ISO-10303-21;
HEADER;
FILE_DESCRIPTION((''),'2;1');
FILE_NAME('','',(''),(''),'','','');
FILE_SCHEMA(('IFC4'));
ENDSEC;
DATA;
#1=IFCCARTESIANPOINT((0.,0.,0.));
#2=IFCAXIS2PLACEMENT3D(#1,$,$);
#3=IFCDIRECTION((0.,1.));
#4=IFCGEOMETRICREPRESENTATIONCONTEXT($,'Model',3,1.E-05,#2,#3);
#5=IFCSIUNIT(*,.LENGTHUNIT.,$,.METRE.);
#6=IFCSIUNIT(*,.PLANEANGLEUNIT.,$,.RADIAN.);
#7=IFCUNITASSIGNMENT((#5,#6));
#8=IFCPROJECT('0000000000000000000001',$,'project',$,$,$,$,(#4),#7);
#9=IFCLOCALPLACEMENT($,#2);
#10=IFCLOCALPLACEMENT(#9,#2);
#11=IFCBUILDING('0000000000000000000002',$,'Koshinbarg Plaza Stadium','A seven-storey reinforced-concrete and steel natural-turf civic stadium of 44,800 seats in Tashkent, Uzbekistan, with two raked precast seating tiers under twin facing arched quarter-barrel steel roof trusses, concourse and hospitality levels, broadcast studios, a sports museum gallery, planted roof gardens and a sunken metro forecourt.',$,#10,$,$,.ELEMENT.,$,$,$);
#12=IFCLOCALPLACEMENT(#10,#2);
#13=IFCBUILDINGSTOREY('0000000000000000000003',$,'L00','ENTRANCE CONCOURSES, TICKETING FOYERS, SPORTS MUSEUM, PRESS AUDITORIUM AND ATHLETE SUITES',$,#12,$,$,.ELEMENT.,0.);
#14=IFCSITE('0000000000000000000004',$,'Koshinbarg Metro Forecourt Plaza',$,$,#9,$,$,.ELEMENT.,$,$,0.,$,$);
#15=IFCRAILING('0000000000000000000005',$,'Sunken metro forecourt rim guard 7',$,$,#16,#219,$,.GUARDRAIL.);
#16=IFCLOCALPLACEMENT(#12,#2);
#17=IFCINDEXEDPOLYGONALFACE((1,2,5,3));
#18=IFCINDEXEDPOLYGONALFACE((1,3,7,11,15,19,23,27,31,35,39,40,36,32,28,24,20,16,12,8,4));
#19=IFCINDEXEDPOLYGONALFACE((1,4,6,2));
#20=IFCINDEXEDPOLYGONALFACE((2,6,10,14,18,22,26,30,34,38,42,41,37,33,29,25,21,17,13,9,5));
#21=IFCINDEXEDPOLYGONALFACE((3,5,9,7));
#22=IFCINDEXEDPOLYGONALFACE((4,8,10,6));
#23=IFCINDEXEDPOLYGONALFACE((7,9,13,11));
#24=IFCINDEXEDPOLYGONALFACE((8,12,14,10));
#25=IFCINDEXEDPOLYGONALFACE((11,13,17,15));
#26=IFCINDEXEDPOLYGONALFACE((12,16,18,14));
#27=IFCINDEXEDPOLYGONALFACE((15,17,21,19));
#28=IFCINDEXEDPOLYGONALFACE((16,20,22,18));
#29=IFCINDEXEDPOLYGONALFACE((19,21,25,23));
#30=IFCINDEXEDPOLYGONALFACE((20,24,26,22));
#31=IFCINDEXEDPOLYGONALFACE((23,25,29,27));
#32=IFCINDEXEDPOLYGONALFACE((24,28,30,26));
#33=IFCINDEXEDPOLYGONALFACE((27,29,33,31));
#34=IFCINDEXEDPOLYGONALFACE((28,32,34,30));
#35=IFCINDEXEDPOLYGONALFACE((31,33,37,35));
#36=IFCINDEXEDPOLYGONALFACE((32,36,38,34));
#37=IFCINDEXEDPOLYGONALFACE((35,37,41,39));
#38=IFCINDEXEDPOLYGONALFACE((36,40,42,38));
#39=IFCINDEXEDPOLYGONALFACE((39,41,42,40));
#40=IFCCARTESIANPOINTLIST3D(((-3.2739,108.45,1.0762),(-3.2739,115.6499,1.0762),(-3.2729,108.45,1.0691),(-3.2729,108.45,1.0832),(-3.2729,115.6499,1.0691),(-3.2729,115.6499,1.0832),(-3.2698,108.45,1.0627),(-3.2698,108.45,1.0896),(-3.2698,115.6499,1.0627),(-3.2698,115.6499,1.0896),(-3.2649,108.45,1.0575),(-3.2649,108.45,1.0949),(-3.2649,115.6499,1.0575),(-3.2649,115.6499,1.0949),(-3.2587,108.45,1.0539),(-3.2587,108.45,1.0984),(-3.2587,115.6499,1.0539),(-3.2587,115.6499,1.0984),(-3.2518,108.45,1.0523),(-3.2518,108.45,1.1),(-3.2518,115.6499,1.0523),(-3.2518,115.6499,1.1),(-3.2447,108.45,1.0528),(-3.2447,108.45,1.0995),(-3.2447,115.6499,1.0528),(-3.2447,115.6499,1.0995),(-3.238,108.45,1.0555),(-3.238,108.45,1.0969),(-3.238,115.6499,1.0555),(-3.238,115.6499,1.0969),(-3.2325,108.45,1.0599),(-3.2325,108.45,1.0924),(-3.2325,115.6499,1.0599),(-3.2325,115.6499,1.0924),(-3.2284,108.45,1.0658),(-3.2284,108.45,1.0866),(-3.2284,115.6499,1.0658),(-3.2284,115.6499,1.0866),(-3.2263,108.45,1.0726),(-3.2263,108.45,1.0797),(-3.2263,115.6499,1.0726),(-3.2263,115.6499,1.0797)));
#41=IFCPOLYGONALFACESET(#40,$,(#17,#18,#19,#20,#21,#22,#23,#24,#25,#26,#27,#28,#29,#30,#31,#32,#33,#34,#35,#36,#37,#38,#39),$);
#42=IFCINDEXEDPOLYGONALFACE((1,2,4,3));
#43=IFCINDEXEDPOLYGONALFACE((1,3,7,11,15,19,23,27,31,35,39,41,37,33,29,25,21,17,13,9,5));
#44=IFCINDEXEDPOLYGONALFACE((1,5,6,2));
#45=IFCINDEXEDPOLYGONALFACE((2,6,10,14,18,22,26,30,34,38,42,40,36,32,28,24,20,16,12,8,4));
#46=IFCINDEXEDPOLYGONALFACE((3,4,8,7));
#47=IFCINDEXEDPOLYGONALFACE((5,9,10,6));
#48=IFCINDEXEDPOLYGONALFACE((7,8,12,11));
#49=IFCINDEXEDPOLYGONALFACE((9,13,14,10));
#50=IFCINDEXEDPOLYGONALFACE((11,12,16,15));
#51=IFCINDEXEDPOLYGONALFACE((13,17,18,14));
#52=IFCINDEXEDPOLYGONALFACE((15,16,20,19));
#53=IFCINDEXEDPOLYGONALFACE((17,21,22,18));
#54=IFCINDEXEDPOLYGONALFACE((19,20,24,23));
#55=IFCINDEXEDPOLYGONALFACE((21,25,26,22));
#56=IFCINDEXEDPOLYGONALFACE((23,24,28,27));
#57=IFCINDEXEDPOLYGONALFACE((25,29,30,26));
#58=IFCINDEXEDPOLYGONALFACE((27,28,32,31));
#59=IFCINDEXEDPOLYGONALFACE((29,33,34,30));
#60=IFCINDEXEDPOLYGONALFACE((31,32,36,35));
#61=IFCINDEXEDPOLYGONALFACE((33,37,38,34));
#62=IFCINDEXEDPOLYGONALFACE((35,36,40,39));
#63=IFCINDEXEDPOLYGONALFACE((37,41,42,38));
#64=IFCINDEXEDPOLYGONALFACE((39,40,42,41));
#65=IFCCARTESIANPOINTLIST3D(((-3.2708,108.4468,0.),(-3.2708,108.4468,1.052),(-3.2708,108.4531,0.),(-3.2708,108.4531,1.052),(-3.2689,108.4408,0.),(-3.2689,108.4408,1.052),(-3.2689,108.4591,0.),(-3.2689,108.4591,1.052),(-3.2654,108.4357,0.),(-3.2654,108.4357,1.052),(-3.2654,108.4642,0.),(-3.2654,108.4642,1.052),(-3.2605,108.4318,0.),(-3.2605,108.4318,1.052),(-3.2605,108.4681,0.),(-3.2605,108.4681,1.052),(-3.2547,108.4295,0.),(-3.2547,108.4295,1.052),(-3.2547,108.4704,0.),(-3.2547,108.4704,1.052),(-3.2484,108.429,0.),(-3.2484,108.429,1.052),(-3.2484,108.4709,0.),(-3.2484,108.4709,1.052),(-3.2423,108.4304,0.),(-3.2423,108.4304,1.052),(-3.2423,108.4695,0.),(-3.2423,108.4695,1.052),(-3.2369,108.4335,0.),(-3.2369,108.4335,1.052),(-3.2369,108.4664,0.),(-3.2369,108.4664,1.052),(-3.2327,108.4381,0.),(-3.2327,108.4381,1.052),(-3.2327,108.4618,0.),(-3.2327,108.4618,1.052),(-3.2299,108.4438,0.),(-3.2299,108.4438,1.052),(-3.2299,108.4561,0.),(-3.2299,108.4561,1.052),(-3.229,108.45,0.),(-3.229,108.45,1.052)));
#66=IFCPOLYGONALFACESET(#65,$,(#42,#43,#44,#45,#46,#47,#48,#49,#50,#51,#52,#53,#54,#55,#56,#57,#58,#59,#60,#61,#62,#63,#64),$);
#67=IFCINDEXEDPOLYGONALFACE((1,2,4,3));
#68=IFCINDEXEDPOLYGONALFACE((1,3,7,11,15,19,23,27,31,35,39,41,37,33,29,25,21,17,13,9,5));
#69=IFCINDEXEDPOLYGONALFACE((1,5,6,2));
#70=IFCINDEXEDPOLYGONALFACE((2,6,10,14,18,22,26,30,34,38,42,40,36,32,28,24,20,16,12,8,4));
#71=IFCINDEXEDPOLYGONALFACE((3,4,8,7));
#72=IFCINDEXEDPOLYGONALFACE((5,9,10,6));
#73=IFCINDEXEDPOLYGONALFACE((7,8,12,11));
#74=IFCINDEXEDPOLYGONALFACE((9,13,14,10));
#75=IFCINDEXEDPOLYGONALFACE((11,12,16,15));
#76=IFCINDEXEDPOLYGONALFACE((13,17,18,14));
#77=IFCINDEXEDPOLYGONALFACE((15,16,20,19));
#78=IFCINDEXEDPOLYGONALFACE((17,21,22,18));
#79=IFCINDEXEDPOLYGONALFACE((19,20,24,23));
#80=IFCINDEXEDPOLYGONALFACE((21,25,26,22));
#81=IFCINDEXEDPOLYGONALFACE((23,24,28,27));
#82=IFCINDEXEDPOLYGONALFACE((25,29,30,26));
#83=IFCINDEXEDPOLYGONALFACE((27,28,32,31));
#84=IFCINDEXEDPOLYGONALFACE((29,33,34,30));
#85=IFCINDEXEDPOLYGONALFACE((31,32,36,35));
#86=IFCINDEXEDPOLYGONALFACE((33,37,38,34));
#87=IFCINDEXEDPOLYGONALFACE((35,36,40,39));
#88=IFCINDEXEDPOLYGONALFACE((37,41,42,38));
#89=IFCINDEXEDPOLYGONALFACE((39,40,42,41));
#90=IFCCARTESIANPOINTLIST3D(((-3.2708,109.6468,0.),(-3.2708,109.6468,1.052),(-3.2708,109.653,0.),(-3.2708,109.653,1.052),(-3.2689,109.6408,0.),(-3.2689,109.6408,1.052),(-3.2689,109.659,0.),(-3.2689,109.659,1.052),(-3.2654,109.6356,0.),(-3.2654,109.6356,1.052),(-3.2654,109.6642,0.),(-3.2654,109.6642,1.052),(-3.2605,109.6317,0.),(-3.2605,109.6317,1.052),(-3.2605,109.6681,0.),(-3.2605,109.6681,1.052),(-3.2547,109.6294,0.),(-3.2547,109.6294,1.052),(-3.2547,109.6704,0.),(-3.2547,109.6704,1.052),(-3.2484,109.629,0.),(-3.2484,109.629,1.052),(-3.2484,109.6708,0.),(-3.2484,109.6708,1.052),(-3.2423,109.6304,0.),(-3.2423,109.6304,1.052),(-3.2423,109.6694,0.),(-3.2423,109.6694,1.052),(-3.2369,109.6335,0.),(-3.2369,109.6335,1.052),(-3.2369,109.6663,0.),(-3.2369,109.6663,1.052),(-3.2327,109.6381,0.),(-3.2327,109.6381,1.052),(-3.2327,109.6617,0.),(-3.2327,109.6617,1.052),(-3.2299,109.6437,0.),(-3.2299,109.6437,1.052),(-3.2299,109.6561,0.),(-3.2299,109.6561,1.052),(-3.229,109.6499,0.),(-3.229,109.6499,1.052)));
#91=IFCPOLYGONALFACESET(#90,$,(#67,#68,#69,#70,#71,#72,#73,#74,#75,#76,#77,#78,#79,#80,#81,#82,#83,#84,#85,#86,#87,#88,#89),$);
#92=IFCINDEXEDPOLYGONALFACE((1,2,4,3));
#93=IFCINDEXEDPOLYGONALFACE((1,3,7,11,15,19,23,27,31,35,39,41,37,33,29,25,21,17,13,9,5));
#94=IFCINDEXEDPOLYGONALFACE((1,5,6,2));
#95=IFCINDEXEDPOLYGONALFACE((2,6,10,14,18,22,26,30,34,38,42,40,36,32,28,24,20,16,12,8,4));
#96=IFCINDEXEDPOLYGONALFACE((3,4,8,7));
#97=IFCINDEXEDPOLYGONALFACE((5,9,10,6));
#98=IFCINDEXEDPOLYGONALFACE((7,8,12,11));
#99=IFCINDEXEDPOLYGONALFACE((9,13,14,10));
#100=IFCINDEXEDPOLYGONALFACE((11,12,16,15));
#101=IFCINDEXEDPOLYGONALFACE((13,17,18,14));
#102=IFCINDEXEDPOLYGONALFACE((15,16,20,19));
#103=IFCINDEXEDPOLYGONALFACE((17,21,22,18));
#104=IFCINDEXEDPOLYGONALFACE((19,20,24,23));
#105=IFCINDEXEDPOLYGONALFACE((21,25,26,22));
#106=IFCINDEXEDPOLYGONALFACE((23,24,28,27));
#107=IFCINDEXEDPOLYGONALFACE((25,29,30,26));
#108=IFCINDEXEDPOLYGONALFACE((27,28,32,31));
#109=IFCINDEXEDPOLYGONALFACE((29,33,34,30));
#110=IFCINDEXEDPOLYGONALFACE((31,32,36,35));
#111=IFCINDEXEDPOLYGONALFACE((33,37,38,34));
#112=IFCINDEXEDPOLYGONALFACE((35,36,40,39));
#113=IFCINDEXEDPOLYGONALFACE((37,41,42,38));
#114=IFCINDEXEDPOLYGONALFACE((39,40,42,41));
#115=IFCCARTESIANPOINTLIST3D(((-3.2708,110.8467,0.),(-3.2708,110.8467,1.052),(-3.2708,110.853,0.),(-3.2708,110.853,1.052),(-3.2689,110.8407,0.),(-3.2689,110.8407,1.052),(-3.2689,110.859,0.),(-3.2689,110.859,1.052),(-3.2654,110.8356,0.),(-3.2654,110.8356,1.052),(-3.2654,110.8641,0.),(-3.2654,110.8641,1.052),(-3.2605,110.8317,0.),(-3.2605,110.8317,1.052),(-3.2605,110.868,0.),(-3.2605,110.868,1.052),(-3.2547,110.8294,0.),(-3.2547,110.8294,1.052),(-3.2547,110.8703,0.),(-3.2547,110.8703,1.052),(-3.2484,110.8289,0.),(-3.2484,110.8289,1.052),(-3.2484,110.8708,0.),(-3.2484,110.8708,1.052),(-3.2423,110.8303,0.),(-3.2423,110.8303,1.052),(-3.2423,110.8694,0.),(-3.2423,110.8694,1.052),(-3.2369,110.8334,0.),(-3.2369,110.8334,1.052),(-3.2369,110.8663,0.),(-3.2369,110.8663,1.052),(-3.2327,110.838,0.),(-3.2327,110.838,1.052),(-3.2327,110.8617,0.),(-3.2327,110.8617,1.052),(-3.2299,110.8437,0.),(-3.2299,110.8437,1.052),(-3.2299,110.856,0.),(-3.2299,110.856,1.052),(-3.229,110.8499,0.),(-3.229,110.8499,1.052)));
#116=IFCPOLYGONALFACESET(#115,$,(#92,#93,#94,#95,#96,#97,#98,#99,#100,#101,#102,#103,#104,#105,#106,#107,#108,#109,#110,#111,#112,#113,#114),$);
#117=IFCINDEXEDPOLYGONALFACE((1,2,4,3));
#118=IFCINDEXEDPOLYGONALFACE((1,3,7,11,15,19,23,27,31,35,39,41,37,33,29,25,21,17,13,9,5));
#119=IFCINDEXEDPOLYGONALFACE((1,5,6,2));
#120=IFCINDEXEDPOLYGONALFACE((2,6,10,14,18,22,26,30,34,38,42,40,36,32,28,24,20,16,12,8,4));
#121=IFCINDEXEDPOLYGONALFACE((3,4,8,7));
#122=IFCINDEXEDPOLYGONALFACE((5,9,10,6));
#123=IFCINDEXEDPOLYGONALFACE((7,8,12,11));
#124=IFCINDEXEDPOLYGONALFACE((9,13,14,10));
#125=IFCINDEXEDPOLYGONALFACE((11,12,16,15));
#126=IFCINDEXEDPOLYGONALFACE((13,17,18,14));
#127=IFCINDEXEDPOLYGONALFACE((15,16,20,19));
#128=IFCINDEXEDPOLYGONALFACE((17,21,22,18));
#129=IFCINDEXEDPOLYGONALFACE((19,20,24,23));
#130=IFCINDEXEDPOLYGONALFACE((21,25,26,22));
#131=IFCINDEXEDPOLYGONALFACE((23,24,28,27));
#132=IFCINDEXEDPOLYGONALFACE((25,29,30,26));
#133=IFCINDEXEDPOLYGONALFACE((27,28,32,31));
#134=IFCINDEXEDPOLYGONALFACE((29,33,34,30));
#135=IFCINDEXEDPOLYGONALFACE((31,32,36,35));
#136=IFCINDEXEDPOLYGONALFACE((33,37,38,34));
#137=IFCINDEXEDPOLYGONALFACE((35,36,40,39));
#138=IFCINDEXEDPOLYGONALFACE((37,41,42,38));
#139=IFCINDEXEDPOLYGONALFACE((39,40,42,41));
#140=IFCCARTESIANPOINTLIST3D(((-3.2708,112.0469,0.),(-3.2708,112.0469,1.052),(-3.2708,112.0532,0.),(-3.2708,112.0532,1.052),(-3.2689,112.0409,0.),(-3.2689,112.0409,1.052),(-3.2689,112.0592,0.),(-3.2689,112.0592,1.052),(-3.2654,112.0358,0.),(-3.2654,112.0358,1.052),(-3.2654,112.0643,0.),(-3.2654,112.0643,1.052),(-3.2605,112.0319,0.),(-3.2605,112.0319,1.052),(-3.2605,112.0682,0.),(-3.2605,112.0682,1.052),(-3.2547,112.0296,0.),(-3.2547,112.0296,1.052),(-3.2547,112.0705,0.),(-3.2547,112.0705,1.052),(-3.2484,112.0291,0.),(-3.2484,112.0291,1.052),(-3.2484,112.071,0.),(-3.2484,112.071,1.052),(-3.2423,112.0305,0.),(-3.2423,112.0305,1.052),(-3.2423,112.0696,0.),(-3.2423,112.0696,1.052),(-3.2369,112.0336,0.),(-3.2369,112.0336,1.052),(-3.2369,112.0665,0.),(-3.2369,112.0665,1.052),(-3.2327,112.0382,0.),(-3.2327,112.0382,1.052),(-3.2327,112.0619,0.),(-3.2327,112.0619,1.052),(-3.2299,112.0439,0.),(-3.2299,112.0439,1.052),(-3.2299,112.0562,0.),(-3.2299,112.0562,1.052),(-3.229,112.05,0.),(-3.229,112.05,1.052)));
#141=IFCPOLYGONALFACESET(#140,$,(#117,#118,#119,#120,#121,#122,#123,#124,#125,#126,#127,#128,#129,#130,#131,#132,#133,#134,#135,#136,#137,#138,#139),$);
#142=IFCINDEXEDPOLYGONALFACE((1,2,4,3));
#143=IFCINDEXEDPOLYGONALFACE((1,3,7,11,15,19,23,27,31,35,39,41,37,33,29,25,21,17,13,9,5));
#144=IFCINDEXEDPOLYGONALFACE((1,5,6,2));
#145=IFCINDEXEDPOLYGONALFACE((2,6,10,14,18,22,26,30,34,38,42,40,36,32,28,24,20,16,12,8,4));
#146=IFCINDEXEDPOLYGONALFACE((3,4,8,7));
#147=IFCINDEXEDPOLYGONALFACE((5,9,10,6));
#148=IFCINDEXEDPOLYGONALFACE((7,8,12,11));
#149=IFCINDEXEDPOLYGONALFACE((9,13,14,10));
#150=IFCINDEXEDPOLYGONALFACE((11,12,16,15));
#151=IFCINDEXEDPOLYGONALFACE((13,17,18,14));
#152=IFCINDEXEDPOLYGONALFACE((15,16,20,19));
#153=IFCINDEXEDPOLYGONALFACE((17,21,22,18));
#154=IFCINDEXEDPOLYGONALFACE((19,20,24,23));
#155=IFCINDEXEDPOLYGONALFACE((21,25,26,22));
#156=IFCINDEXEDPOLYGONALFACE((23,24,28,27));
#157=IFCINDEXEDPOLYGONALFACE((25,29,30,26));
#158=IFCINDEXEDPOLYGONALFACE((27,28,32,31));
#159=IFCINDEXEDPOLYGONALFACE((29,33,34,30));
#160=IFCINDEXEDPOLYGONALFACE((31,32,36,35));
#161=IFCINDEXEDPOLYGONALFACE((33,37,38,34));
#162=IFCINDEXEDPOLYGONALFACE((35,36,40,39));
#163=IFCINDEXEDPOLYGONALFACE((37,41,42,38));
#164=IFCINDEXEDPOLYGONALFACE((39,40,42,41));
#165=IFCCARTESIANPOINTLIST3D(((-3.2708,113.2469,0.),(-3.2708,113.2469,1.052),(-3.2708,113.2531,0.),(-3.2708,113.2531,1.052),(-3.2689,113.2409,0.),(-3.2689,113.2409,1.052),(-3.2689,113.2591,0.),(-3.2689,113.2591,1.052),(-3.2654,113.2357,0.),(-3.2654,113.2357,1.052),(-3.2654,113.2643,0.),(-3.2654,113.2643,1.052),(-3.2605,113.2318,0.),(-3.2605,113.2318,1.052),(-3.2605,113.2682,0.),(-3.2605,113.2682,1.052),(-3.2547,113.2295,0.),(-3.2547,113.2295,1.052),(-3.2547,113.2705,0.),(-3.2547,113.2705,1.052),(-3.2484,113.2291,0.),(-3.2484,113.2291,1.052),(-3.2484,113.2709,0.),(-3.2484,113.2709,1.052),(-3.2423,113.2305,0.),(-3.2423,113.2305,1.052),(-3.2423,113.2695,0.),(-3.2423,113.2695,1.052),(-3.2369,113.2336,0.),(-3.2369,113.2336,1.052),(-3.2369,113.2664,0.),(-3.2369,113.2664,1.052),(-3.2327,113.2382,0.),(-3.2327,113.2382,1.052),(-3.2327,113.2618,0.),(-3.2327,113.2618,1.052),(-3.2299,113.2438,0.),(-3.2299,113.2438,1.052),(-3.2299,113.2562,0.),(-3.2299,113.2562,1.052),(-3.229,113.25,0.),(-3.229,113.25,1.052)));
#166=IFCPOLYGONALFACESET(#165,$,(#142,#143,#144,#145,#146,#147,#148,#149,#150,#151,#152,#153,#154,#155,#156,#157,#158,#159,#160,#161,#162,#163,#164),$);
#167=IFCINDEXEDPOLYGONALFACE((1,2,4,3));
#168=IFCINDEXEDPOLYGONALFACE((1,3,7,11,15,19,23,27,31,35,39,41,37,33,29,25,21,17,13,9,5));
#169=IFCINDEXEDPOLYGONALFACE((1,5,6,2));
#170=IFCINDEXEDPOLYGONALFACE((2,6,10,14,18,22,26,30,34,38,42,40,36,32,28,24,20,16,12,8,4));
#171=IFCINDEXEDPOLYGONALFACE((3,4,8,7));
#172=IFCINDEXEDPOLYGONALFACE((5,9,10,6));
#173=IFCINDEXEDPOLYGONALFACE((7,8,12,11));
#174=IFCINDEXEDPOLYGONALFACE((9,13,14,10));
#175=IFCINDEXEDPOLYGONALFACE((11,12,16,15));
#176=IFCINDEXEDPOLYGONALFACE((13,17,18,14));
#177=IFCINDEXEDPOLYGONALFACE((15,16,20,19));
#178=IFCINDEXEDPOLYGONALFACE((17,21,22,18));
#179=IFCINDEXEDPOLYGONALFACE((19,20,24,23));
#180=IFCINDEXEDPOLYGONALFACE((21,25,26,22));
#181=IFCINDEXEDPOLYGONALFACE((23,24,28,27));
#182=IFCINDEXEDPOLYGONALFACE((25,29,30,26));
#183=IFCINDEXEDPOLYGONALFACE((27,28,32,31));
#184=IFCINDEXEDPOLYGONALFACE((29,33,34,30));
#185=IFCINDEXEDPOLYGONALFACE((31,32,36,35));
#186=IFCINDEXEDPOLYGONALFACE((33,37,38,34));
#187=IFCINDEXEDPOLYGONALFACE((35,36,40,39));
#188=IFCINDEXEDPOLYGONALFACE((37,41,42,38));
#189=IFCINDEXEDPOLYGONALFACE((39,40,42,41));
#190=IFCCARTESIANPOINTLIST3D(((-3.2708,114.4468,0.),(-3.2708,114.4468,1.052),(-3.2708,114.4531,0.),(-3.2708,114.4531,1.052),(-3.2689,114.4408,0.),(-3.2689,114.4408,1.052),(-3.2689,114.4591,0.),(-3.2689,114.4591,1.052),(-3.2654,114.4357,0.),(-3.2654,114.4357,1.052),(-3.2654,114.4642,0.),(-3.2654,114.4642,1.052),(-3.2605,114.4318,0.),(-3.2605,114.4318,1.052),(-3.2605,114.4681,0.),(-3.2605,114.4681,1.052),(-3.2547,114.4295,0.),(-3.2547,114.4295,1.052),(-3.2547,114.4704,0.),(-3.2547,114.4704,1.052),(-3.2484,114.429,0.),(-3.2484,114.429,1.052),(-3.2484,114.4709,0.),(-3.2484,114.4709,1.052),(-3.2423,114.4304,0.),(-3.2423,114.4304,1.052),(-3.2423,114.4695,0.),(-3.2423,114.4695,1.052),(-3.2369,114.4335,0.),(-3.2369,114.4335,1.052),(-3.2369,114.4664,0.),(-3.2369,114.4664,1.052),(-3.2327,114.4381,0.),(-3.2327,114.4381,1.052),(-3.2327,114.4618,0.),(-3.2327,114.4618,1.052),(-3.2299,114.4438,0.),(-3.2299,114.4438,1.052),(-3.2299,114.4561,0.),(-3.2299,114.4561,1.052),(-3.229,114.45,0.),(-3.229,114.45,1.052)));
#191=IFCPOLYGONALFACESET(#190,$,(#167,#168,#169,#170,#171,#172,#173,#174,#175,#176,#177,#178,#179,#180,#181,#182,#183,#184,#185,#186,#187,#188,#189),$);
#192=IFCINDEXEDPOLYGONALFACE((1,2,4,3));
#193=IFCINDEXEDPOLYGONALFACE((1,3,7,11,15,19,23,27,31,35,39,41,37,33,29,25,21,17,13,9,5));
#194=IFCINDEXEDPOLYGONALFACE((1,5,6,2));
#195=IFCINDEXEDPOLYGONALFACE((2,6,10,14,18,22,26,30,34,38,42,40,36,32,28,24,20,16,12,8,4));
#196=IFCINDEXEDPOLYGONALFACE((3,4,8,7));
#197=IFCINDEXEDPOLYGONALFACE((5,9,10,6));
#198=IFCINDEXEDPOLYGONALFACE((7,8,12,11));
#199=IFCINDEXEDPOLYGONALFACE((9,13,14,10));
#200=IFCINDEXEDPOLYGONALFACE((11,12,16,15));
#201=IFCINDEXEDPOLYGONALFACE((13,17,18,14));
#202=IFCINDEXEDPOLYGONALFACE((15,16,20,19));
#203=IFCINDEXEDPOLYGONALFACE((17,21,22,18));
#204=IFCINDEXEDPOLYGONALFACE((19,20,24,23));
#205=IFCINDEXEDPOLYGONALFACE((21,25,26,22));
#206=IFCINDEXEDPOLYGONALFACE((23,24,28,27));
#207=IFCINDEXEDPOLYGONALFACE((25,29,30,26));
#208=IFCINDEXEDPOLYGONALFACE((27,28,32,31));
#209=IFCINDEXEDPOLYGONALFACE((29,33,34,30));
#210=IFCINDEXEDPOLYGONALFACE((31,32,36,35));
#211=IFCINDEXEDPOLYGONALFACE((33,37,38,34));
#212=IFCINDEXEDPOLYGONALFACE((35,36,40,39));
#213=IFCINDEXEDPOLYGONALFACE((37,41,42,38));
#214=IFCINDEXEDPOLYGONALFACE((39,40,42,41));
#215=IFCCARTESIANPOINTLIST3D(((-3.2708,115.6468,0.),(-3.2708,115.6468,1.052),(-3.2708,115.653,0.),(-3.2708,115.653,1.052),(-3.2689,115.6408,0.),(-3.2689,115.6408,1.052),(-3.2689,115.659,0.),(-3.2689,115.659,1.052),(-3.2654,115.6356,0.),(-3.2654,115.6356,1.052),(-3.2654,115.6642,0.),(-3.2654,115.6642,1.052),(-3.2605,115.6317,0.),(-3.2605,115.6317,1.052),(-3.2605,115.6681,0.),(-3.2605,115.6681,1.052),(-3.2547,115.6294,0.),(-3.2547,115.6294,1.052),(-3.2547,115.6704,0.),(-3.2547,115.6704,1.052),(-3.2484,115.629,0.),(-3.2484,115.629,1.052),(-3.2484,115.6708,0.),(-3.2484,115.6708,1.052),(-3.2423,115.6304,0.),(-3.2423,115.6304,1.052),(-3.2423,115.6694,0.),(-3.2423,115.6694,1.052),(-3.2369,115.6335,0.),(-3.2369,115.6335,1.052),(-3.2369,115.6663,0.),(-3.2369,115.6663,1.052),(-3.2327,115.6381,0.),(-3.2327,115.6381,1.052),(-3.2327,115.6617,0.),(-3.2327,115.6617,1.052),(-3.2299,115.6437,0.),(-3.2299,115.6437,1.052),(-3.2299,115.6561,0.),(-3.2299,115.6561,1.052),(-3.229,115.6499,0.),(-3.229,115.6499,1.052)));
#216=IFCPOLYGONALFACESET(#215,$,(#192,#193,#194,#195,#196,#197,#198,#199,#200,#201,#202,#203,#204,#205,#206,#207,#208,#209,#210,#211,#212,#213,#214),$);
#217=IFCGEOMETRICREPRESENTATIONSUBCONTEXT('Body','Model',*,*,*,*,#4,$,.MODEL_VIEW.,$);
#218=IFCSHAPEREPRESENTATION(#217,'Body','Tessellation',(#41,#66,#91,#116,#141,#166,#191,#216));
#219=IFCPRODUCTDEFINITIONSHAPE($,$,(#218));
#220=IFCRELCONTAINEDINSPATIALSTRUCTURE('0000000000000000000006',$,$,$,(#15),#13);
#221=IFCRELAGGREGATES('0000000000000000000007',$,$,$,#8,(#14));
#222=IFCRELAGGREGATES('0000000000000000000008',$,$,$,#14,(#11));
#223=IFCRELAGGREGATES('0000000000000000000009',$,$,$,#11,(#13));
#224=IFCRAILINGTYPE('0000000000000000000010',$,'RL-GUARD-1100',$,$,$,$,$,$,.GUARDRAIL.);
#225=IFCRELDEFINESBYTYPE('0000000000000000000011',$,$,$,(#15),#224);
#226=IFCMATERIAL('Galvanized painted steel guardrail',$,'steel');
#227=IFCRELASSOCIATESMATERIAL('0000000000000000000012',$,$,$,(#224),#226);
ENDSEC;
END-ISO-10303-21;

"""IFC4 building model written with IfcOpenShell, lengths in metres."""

from ifc_helpers import new_model, si_unit, direction, frame, origin, origin_2d, place, context, subcontext, project, spatial, circle, extrude, material, type_object, element, save


model = new_model("IFC4")

# Units and contexts
model_context = context("Model", 3, precision=1e-05, world=origin(), true_north=direction((0.0, 1.0)))
body_context = subcontext(model_context, "Body", "Model", "MODEL_VIEW")
ifc_project = project(units=[si_unit("LENGTHUNIT", "METRE"), si_unit("PLANEANGLEUNIT", "RADIAN")], contexts=[model_context])

# Site, building, storey
site_placement = place(None, origin())
site = spatial("IfcSite", under=ifc_project, at=site_placement, Name="Koshinbarg Metro Forecourt Plaza", CompositionType="ELEMENT", RefElevation=0.0)
building_placement = place(site_placement, origin())
building = spatial("IfcBuilding", under=site, at=building_placement, Name="Koshinbarg Plaza Stadium", Description="A seven-storey reinforced-concrete and steel natural-turf civic stadium of 44,800 seats in Tashkent, Uzbekistan, with two raked precast seating tiers under twin facing arched quarter-barrel steel roof trusses, concourse and hospitality levels, broadcast studios, a sports museum gallery, planted roof gardens and a sunken metro forecourt.", CompositionType="ELEMENT")
storey_placement = place(building_placement, origin())
storey = spatial("IfcBuildingStorey", under=building, at=storey_placement, Name="L00", Description="ENTRANCE CONCOURSES, TICKETING FOYERS, SPORTS MUSEUM, PRESS AUDITORIUM AND ATHLETE SUITES", CompositionType="ELEMENT", Elevation=0.0)

# Railing
ifc_material_1 = material(Name="Galvanized painted steel guardrail", Category="steel")
railing_type = type_object("IfcRailingType", Name="RL-GUARD-1100", PredefinedType="GUARDRAIL", material=ifc_material_1)
railing_1_placement = place(storey_placement, frame((-3.25, 108.45, 0.0)))
element("IfcRailing", 1, at=railing_1_placement, inside=storey, type_object=railing_type, Name="Sunken metro forecourt rim guard 7", PredefinedType="GUARDRAIL", context=body_context, shape_type="SweptSolid", body=[
    extrude(circle(Radius=0.0239, at=origin_2d()), frame((0.0, 0.0, 1.0762), z_axis=(0.0, 1.0, 0.0), x_axis=(-1.0, 0.0, 0.0)), (0.0, 0.0, 1.0), 7.2),
    extrude(circle(Radius=0.021, at=origin_2d()), origin(), (0.0, 0.0, 1.0), 1.052),
    extrude(circle(Radius=0.021, at=origin_2d()), frame((0.0, 1.2, 0.0)), (0.0, 0.0, 1.0), 1.052),
    extrude(circle(Radius=0.021, at=origin_2d()), frame((0.0, 2.3999, 0.0)), (0.0, 0.0, 1.0), 1.052),
    extrude(circle(Radius=0.021, at=origin_2d()), frame((0.0, 3.6001, 0.0)), (0.0, 0.0, 1.0), 1.052),
    extrude(circle(Radius=0.021, at=origin_2d()), frame((0.0, 4.8, 0.0)), (0.0, 0.0, 1.0), 1.052),
    extrude(circle(Radius=0.021, at=origin_2d()), frame((0.0, 6.0, 0.0)), (0.0, 0.0, 1.0), 1.052),
    extrude(circle(Radius=0.021, at=origin_2d()), frame((0.0, 7.2, 0.0)), (0.0, 0.0, 1.0), 1.052),
])

save(model, "model.ifc")
